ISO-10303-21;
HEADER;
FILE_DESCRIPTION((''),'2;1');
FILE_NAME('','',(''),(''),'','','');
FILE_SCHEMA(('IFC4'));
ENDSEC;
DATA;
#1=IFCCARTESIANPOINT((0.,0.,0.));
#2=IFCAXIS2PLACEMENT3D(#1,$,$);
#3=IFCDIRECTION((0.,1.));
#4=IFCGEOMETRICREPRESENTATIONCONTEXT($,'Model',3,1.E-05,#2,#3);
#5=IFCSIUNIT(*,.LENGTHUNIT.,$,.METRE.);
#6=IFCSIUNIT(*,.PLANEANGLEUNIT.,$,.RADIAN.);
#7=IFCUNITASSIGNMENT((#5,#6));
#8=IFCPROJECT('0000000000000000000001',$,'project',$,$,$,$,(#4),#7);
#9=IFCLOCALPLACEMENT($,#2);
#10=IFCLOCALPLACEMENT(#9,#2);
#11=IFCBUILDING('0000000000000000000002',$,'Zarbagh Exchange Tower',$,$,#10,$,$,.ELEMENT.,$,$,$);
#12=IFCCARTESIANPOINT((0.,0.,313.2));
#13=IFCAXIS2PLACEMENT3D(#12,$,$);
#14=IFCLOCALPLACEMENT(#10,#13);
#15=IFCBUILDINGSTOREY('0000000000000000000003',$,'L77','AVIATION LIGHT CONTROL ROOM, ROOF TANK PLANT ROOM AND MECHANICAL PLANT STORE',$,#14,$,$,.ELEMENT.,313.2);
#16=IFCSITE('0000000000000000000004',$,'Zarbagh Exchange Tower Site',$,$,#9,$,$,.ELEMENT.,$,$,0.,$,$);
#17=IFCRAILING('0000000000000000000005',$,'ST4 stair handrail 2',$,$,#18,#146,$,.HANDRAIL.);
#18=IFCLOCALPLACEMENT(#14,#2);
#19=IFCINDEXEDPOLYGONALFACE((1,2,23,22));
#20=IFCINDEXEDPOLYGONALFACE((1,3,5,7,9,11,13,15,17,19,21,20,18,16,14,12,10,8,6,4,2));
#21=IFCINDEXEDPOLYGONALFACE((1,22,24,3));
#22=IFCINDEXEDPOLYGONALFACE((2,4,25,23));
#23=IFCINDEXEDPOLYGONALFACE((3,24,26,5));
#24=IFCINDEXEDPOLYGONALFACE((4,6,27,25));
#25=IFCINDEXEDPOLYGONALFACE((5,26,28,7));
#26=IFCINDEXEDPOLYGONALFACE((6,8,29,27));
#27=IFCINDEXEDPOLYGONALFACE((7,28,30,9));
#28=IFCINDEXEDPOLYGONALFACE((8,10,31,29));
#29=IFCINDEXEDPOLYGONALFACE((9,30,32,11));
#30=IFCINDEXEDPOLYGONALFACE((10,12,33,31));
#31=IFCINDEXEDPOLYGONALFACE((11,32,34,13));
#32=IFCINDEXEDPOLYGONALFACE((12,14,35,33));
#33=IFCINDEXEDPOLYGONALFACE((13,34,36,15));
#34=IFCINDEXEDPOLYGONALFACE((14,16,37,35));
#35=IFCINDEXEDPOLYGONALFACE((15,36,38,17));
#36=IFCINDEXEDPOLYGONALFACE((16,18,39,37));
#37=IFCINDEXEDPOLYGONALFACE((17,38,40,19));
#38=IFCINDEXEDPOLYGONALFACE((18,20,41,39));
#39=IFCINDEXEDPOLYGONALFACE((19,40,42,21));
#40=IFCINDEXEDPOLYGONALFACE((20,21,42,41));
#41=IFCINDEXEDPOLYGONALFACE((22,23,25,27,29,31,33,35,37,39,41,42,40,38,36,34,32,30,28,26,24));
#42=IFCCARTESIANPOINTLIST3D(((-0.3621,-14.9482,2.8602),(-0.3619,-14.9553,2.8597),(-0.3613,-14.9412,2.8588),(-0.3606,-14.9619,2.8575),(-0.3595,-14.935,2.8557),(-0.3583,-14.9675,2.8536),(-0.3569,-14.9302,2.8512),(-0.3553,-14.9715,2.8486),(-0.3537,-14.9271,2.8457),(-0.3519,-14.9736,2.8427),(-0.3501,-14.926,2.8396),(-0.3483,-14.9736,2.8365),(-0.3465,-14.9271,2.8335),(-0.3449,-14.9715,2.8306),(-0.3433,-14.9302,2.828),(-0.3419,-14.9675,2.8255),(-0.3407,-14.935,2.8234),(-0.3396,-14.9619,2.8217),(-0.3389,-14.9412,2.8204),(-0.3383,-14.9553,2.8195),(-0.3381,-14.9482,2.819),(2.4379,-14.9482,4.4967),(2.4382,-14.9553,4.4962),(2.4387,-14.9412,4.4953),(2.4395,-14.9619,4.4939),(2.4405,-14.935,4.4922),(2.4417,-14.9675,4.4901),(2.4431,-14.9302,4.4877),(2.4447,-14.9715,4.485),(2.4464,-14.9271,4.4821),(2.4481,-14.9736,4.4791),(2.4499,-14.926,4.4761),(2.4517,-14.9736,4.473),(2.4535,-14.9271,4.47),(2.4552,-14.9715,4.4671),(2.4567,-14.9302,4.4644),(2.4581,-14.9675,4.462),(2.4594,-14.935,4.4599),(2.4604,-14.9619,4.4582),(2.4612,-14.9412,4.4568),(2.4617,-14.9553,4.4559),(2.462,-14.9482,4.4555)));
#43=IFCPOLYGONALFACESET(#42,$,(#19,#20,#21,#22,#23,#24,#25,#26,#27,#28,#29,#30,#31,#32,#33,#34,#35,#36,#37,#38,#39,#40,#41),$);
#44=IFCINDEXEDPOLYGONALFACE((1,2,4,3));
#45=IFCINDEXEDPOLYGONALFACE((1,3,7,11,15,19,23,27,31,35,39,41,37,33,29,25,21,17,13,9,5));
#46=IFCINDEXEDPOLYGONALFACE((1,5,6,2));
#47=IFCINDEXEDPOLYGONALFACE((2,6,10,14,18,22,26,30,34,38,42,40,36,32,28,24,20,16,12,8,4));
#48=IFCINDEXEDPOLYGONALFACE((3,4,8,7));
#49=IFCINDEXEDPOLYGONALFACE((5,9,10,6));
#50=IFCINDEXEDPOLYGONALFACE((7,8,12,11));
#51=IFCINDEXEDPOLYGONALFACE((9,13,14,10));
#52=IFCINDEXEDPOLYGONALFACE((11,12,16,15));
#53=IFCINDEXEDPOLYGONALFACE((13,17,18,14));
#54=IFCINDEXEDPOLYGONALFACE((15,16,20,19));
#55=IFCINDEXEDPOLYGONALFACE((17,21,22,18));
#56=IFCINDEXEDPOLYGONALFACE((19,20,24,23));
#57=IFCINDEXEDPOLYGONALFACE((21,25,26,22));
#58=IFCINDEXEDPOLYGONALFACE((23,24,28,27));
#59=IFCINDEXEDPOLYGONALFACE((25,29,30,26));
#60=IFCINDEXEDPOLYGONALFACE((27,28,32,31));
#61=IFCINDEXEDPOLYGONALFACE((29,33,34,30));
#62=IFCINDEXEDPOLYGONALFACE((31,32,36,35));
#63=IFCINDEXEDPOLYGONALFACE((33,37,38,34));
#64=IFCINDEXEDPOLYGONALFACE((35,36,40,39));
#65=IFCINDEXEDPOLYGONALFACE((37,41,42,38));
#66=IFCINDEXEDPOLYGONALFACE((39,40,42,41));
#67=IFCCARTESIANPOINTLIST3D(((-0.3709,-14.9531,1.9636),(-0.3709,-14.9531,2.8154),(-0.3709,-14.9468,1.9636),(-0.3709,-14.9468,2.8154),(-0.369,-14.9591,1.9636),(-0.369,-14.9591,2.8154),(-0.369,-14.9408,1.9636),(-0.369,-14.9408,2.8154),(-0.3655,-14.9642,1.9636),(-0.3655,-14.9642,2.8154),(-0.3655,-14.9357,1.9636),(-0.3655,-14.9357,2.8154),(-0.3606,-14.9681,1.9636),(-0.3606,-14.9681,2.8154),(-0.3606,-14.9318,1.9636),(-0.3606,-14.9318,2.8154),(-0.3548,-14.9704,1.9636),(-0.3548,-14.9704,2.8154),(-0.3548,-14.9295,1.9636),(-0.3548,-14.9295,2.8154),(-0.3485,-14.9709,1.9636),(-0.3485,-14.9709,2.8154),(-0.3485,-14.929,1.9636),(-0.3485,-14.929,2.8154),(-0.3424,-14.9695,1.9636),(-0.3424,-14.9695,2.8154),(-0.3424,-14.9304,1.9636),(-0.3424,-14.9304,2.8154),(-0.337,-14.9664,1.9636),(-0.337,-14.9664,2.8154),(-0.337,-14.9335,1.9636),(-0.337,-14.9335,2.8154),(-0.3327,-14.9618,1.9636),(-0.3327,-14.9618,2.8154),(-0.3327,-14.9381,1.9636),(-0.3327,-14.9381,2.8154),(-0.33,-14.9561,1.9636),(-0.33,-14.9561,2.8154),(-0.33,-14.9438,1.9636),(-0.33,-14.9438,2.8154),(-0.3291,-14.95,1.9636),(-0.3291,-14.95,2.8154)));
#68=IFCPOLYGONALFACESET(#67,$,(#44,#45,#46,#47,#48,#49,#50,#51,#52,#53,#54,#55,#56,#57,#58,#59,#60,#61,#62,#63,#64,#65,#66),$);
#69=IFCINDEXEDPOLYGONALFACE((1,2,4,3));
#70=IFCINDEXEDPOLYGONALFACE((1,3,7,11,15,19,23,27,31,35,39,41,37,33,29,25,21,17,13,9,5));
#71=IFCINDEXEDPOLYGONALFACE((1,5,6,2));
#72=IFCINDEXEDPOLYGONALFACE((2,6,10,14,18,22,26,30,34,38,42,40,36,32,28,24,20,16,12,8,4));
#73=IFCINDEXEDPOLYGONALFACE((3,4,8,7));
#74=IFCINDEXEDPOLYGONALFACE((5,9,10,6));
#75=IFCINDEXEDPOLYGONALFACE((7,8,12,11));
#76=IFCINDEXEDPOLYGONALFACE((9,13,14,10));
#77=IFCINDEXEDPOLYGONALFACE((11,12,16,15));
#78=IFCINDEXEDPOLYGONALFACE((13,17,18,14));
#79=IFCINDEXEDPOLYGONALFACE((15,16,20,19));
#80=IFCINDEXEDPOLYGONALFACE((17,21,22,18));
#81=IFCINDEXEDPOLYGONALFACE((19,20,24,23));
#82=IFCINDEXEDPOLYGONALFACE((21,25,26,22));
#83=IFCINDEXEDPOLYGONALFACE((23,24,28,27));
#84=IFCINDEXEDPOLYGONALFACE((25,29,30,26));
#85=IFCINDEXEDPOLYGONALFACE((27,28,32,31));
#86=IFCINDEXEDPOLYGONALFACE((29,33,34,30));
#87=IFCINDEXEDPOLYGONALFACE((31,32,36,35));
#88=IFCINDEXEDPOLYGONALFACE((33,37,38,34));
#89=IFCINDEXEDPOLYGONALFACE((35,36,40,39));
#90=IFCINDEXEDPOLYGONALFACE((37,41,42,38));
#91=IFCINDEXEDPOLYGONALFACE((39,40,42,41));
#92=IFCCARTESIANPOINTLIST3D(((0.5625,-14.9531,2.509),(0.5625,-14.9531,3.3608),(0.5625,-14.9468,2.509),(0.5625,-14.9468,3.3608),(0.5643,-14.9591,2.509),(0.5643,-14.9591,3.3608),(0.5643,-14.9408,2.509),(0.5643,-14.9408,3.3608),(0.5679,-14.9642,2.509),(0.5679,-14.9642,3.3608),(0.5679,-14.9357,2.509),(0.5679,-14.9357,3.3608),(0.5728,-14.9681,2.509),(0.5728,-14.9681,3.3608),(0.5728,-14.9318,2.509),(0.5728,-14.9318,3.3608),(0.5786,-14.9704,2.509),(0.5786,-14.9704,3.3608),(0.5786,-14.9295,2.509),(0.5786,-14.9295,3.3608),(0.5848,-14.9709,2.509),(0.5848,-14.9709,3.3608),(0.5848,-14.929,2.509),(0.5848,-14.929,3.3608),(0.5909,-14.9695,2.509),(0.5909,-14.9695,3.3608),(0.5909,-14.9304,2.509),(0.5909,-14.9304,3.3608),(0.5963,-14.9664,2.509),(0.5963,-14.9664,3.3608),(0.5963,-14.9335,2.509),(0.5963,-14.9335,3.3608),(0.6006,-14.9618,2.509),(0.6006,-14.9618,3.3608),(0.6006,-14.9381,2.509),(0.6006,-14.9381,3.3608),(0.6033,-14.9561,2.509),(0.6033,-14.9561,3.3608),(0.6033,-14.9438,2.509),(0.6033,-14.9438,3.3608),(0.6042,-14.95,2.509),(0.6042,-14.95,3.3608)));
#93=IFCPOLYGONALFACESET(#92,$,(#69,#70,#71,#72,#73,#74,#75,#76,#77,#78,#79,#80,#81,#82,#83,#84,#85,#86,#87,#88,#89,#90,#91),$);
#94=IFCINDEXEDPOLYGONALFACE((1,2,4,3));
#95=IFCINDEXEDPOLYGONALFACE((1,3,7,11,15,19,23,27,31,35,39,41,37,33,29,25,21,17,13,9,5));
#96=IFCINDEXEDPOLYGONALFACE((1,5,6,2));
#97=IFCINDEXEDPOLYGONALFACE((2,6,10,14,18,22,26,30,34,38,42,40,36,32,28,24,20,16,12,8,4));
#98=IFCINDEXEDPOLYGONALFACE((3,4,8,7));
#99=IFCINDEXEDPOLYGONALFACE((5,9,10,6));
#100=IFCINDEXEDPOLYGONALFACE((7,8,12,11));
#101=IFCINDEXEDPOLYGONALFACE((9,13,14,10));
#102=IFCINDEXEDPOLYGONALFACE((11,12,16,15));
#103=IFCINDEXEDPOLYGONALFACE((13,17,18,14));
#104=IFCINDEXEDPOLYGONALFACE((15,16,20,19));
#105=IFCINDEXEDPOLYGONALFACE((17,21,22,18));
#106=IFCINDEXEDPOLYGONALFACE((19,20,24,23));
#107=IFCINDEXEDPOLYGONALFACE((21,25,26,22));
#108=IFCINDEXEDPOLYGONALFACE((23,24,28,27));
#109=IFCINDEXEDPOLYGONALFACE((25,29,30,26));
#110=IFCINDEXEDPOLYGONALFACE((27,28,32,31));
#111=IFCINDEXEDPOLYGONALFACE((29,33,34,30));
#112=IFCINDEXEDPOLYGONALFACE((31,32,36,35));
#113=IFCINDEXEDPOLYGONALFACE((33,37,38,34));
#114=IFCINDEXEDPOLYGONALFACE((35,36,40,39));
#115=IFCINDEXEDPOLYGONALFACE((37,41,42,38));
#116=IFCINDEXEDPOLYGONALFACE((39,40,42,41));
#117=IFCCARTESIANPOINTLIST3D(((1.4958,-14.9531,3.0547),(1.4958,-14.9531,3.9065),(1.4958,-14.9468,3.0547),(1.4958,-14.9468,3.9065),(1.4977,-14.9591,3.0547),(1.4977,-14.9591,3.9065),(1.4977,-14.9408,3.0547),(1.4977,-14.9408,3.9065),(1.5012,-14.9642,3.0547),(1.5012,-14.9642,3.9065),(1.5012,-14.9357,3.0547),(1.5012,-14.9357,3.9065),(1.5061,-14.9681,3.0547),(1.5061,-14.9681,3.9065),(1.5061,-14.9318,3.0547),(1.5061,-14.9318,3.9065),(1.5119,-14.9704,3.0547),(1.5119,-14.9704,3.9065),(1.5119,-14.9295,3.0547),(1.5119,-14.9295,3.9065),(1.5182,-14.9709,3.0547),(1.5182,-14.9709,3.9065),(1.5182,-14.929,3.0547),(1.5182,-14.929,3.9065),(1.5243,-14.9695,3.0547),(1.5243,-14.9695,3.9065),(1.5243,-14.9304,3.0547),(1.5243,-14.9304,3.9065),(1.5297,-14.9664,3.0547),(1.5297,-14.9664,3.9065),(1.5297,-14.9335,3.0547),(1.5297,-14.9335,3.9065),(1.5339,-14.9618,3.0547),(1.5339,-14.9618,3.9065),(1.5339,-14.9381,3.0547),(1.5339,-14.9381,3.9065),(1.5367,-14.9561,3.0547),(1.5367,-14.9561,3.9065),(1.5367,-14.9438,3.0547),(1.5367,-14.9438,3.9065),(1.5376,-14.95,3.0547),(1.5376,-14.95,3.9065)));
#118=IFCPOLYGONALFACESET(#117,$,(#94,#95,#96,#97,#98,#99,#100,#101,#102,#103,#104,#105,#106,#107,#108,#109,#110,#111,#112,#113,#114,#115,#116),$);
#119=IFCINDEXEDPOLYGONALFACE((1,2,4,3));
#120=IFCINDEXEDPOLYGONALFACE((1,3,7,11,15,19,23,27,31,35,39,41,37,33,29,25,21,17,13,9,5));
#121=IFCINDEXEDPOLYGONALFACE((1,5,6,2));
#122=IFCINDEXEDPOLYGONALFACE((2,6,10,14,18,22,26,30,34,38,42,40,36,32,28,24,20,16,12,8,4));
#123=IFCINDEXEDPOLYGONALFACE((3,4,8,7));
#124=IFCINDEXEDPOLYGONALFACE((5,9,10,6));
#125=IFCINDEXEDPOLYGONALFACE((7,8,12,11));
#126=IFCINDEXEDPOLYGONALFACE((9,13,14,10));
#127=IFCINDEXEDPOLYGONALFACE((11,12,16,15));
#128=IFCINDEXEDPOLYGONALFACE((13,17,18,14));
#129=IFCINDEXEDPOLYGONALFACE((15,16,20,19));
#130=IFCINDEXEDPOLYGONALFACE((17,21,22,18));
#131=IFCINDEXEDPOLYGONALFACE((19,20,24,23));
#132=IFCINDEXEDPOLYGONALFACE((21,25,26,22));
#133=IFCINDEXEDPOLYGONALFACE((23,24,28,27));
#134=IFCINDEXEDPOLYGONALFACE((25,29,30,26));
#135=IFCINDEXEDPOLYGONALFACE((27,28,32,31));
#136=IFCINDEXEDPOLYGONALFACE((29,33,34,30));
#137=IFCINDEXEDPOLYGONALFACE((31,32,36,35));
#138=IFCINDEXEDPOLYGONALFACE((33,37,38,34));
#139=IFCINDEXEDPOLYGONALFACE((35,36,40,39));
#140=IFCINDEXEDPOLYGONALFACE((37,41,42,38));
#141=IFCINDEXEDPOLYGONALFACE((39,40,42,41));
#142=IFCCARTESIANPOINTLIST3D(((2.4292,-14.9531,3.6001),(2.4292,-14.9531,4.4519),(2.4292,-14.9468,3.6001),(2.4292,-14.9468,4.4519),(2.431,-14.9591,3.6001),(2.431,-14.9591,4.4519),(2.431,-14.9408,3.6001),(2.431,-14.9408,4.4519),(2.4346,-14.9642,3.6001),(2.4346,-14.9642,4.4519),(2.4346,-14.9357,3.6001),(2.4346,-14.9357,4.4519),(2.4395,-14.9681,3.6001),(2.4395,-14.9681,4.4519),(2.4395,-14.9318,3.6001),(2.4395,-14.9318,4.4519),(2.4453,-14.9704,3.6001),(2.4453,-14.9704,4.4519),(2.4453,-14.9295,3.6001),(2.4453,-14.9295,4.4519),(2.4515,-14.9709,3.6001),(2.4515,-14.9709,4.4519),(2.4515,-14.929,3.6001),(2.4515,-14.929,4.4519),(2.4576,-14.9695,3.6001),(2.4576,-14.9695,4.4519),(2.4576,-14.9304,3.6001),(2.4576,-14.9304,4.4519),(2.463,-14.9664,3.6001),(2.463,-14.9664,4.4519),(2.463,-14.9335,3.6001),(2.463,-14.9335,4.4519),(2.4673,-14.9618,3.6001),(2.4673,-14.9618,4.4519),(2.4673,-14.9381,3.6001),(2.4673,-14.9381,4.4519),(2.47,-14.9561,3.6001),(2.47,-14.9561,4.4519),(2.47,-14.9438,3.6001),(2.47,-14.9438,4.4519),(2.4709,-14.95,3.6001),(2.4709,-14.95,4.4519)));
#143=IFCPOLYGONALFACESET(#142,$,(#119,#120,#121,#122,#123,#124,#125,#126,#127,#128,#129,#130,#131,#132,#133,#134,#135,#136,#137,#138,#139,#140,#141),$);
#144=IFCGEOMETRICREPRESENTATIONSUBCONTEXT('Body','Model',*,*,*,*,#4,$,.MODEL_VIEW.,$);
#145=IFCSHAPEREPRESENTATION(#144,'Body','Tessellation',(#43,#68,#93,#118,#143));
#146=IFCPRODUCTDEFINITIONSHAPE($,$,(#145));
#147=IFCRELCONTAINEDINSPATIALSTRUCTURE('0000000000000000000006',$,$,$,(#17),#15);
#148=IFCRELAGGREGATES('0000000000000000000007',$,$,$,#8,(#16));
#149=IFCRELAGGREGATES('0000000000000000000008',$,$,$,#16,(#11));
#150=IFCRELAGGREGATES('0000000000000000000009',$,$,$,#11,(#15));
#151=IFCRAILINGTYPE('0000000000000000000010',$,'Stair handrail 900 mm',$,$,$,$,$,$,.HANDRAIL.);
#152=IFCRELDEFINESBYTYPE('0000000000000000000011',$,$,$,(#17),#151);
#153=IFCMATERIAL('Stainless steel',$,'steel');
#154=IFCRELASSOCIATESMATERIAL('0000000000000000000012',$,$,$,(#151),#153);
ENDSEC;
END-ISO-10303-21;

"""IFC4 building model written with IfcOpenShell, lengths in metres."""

from ifc_helpers import new_model, si_unit, direction, frame, origin, origin_2d, place, context, subcontext, project, spatial, circle, extrude, material, type_object, element, save


model = new_model("IFC4")

# Units and contexts
model_context = context("Model", 3, precision=1e-05, world=origin(), true_north=direction((0.0, 1.0)))
body_context = subcontext(model_context, "Body", "Model", "MODEL_VIEW")
ifc_project = project(units=[si_unit("LENGTHUNIT", "METRE"), si_unit("PLANEANGLEUNIT", "RADIAN")], contexts=[model_context])

# Site, building, storey
site_placement = place(None, origin())
site = spatial("IfcSite", under=ifc_project, at=site_placement, Name="Zarbagh Exchange Tower Site", CompositionType="ELEMENT", RefElevation=0.0)
building_placement = place(site_placement, origin())
building = spatial("IfcBuilding", under=site, at=building_placement, Name="Zarbagh Exchange Tower", CompositionType="ELEMENT")
storey_placement = place(building_placement, frame((0.0, 0.0, 313.2)))
storey = spatial("IfcBuildingStorey", under=building, at=storey_placement, Name="L77", Description="AVIATION LIGHT CONTROL ROOM, ROOF TANK PLANT ROOM AND MECHANICAL PLANT STORE", CompositionType="ELEMENT", Elevation=313.2)

# Shared definitions
ifc_material_1 = material(Name="Stainless steel", Category="steel")

# Railing
railing_type_1 = type_object("IfcRailingType", Name="Stair handrail 900 mm", PredefinedType="HANDRAIL", material=ifc_material_1)
railing_1_placement = place(storey_placement, frame((-0.3501, -14.95, 1.9636)))
element("IfcRailing", 1, at=railing_1_placement, inside=storey, type_object=railing_type_1, Name="ST4 stair handrail 2", PredefinedType="HANDRAIL", context=body_context, shape_type="SweptSolid", body=[
    extrude(circle(Radius=0.0239, at=origin_2d()), frame((0.0, 0.0, 0.876), z_axis=(0.863361, 0.0, 0.504587), x_axis=(0.0, 1.0, 0.0)), (0.0, 0.0, 1.0), 3.2432),
    extrude(circle(Radius=0.021, at=origin_2d()), origin(), (0.0, 0.0, 1.0), 0.8518),
    extrude(circle(Radius=0.021, at=origin_2d()), frame((0.9333, 0.0, 0.5454)), (0.0, 0.0, 1.0), 0.8518),
    extrude(circle(Radius=0.021, at=origin_2d()), frame((1.8667, 0.0, 1.0911)), (0.0, 0.0, 1.0), 0.8518),
    extrude(circle(Radius=0.021, at=origin_2d()), frame((2.8, 0.0, 1.6365)), (0.0, 0.0, 1.0), 0.8518),
])

save(model, "model.ifc")
